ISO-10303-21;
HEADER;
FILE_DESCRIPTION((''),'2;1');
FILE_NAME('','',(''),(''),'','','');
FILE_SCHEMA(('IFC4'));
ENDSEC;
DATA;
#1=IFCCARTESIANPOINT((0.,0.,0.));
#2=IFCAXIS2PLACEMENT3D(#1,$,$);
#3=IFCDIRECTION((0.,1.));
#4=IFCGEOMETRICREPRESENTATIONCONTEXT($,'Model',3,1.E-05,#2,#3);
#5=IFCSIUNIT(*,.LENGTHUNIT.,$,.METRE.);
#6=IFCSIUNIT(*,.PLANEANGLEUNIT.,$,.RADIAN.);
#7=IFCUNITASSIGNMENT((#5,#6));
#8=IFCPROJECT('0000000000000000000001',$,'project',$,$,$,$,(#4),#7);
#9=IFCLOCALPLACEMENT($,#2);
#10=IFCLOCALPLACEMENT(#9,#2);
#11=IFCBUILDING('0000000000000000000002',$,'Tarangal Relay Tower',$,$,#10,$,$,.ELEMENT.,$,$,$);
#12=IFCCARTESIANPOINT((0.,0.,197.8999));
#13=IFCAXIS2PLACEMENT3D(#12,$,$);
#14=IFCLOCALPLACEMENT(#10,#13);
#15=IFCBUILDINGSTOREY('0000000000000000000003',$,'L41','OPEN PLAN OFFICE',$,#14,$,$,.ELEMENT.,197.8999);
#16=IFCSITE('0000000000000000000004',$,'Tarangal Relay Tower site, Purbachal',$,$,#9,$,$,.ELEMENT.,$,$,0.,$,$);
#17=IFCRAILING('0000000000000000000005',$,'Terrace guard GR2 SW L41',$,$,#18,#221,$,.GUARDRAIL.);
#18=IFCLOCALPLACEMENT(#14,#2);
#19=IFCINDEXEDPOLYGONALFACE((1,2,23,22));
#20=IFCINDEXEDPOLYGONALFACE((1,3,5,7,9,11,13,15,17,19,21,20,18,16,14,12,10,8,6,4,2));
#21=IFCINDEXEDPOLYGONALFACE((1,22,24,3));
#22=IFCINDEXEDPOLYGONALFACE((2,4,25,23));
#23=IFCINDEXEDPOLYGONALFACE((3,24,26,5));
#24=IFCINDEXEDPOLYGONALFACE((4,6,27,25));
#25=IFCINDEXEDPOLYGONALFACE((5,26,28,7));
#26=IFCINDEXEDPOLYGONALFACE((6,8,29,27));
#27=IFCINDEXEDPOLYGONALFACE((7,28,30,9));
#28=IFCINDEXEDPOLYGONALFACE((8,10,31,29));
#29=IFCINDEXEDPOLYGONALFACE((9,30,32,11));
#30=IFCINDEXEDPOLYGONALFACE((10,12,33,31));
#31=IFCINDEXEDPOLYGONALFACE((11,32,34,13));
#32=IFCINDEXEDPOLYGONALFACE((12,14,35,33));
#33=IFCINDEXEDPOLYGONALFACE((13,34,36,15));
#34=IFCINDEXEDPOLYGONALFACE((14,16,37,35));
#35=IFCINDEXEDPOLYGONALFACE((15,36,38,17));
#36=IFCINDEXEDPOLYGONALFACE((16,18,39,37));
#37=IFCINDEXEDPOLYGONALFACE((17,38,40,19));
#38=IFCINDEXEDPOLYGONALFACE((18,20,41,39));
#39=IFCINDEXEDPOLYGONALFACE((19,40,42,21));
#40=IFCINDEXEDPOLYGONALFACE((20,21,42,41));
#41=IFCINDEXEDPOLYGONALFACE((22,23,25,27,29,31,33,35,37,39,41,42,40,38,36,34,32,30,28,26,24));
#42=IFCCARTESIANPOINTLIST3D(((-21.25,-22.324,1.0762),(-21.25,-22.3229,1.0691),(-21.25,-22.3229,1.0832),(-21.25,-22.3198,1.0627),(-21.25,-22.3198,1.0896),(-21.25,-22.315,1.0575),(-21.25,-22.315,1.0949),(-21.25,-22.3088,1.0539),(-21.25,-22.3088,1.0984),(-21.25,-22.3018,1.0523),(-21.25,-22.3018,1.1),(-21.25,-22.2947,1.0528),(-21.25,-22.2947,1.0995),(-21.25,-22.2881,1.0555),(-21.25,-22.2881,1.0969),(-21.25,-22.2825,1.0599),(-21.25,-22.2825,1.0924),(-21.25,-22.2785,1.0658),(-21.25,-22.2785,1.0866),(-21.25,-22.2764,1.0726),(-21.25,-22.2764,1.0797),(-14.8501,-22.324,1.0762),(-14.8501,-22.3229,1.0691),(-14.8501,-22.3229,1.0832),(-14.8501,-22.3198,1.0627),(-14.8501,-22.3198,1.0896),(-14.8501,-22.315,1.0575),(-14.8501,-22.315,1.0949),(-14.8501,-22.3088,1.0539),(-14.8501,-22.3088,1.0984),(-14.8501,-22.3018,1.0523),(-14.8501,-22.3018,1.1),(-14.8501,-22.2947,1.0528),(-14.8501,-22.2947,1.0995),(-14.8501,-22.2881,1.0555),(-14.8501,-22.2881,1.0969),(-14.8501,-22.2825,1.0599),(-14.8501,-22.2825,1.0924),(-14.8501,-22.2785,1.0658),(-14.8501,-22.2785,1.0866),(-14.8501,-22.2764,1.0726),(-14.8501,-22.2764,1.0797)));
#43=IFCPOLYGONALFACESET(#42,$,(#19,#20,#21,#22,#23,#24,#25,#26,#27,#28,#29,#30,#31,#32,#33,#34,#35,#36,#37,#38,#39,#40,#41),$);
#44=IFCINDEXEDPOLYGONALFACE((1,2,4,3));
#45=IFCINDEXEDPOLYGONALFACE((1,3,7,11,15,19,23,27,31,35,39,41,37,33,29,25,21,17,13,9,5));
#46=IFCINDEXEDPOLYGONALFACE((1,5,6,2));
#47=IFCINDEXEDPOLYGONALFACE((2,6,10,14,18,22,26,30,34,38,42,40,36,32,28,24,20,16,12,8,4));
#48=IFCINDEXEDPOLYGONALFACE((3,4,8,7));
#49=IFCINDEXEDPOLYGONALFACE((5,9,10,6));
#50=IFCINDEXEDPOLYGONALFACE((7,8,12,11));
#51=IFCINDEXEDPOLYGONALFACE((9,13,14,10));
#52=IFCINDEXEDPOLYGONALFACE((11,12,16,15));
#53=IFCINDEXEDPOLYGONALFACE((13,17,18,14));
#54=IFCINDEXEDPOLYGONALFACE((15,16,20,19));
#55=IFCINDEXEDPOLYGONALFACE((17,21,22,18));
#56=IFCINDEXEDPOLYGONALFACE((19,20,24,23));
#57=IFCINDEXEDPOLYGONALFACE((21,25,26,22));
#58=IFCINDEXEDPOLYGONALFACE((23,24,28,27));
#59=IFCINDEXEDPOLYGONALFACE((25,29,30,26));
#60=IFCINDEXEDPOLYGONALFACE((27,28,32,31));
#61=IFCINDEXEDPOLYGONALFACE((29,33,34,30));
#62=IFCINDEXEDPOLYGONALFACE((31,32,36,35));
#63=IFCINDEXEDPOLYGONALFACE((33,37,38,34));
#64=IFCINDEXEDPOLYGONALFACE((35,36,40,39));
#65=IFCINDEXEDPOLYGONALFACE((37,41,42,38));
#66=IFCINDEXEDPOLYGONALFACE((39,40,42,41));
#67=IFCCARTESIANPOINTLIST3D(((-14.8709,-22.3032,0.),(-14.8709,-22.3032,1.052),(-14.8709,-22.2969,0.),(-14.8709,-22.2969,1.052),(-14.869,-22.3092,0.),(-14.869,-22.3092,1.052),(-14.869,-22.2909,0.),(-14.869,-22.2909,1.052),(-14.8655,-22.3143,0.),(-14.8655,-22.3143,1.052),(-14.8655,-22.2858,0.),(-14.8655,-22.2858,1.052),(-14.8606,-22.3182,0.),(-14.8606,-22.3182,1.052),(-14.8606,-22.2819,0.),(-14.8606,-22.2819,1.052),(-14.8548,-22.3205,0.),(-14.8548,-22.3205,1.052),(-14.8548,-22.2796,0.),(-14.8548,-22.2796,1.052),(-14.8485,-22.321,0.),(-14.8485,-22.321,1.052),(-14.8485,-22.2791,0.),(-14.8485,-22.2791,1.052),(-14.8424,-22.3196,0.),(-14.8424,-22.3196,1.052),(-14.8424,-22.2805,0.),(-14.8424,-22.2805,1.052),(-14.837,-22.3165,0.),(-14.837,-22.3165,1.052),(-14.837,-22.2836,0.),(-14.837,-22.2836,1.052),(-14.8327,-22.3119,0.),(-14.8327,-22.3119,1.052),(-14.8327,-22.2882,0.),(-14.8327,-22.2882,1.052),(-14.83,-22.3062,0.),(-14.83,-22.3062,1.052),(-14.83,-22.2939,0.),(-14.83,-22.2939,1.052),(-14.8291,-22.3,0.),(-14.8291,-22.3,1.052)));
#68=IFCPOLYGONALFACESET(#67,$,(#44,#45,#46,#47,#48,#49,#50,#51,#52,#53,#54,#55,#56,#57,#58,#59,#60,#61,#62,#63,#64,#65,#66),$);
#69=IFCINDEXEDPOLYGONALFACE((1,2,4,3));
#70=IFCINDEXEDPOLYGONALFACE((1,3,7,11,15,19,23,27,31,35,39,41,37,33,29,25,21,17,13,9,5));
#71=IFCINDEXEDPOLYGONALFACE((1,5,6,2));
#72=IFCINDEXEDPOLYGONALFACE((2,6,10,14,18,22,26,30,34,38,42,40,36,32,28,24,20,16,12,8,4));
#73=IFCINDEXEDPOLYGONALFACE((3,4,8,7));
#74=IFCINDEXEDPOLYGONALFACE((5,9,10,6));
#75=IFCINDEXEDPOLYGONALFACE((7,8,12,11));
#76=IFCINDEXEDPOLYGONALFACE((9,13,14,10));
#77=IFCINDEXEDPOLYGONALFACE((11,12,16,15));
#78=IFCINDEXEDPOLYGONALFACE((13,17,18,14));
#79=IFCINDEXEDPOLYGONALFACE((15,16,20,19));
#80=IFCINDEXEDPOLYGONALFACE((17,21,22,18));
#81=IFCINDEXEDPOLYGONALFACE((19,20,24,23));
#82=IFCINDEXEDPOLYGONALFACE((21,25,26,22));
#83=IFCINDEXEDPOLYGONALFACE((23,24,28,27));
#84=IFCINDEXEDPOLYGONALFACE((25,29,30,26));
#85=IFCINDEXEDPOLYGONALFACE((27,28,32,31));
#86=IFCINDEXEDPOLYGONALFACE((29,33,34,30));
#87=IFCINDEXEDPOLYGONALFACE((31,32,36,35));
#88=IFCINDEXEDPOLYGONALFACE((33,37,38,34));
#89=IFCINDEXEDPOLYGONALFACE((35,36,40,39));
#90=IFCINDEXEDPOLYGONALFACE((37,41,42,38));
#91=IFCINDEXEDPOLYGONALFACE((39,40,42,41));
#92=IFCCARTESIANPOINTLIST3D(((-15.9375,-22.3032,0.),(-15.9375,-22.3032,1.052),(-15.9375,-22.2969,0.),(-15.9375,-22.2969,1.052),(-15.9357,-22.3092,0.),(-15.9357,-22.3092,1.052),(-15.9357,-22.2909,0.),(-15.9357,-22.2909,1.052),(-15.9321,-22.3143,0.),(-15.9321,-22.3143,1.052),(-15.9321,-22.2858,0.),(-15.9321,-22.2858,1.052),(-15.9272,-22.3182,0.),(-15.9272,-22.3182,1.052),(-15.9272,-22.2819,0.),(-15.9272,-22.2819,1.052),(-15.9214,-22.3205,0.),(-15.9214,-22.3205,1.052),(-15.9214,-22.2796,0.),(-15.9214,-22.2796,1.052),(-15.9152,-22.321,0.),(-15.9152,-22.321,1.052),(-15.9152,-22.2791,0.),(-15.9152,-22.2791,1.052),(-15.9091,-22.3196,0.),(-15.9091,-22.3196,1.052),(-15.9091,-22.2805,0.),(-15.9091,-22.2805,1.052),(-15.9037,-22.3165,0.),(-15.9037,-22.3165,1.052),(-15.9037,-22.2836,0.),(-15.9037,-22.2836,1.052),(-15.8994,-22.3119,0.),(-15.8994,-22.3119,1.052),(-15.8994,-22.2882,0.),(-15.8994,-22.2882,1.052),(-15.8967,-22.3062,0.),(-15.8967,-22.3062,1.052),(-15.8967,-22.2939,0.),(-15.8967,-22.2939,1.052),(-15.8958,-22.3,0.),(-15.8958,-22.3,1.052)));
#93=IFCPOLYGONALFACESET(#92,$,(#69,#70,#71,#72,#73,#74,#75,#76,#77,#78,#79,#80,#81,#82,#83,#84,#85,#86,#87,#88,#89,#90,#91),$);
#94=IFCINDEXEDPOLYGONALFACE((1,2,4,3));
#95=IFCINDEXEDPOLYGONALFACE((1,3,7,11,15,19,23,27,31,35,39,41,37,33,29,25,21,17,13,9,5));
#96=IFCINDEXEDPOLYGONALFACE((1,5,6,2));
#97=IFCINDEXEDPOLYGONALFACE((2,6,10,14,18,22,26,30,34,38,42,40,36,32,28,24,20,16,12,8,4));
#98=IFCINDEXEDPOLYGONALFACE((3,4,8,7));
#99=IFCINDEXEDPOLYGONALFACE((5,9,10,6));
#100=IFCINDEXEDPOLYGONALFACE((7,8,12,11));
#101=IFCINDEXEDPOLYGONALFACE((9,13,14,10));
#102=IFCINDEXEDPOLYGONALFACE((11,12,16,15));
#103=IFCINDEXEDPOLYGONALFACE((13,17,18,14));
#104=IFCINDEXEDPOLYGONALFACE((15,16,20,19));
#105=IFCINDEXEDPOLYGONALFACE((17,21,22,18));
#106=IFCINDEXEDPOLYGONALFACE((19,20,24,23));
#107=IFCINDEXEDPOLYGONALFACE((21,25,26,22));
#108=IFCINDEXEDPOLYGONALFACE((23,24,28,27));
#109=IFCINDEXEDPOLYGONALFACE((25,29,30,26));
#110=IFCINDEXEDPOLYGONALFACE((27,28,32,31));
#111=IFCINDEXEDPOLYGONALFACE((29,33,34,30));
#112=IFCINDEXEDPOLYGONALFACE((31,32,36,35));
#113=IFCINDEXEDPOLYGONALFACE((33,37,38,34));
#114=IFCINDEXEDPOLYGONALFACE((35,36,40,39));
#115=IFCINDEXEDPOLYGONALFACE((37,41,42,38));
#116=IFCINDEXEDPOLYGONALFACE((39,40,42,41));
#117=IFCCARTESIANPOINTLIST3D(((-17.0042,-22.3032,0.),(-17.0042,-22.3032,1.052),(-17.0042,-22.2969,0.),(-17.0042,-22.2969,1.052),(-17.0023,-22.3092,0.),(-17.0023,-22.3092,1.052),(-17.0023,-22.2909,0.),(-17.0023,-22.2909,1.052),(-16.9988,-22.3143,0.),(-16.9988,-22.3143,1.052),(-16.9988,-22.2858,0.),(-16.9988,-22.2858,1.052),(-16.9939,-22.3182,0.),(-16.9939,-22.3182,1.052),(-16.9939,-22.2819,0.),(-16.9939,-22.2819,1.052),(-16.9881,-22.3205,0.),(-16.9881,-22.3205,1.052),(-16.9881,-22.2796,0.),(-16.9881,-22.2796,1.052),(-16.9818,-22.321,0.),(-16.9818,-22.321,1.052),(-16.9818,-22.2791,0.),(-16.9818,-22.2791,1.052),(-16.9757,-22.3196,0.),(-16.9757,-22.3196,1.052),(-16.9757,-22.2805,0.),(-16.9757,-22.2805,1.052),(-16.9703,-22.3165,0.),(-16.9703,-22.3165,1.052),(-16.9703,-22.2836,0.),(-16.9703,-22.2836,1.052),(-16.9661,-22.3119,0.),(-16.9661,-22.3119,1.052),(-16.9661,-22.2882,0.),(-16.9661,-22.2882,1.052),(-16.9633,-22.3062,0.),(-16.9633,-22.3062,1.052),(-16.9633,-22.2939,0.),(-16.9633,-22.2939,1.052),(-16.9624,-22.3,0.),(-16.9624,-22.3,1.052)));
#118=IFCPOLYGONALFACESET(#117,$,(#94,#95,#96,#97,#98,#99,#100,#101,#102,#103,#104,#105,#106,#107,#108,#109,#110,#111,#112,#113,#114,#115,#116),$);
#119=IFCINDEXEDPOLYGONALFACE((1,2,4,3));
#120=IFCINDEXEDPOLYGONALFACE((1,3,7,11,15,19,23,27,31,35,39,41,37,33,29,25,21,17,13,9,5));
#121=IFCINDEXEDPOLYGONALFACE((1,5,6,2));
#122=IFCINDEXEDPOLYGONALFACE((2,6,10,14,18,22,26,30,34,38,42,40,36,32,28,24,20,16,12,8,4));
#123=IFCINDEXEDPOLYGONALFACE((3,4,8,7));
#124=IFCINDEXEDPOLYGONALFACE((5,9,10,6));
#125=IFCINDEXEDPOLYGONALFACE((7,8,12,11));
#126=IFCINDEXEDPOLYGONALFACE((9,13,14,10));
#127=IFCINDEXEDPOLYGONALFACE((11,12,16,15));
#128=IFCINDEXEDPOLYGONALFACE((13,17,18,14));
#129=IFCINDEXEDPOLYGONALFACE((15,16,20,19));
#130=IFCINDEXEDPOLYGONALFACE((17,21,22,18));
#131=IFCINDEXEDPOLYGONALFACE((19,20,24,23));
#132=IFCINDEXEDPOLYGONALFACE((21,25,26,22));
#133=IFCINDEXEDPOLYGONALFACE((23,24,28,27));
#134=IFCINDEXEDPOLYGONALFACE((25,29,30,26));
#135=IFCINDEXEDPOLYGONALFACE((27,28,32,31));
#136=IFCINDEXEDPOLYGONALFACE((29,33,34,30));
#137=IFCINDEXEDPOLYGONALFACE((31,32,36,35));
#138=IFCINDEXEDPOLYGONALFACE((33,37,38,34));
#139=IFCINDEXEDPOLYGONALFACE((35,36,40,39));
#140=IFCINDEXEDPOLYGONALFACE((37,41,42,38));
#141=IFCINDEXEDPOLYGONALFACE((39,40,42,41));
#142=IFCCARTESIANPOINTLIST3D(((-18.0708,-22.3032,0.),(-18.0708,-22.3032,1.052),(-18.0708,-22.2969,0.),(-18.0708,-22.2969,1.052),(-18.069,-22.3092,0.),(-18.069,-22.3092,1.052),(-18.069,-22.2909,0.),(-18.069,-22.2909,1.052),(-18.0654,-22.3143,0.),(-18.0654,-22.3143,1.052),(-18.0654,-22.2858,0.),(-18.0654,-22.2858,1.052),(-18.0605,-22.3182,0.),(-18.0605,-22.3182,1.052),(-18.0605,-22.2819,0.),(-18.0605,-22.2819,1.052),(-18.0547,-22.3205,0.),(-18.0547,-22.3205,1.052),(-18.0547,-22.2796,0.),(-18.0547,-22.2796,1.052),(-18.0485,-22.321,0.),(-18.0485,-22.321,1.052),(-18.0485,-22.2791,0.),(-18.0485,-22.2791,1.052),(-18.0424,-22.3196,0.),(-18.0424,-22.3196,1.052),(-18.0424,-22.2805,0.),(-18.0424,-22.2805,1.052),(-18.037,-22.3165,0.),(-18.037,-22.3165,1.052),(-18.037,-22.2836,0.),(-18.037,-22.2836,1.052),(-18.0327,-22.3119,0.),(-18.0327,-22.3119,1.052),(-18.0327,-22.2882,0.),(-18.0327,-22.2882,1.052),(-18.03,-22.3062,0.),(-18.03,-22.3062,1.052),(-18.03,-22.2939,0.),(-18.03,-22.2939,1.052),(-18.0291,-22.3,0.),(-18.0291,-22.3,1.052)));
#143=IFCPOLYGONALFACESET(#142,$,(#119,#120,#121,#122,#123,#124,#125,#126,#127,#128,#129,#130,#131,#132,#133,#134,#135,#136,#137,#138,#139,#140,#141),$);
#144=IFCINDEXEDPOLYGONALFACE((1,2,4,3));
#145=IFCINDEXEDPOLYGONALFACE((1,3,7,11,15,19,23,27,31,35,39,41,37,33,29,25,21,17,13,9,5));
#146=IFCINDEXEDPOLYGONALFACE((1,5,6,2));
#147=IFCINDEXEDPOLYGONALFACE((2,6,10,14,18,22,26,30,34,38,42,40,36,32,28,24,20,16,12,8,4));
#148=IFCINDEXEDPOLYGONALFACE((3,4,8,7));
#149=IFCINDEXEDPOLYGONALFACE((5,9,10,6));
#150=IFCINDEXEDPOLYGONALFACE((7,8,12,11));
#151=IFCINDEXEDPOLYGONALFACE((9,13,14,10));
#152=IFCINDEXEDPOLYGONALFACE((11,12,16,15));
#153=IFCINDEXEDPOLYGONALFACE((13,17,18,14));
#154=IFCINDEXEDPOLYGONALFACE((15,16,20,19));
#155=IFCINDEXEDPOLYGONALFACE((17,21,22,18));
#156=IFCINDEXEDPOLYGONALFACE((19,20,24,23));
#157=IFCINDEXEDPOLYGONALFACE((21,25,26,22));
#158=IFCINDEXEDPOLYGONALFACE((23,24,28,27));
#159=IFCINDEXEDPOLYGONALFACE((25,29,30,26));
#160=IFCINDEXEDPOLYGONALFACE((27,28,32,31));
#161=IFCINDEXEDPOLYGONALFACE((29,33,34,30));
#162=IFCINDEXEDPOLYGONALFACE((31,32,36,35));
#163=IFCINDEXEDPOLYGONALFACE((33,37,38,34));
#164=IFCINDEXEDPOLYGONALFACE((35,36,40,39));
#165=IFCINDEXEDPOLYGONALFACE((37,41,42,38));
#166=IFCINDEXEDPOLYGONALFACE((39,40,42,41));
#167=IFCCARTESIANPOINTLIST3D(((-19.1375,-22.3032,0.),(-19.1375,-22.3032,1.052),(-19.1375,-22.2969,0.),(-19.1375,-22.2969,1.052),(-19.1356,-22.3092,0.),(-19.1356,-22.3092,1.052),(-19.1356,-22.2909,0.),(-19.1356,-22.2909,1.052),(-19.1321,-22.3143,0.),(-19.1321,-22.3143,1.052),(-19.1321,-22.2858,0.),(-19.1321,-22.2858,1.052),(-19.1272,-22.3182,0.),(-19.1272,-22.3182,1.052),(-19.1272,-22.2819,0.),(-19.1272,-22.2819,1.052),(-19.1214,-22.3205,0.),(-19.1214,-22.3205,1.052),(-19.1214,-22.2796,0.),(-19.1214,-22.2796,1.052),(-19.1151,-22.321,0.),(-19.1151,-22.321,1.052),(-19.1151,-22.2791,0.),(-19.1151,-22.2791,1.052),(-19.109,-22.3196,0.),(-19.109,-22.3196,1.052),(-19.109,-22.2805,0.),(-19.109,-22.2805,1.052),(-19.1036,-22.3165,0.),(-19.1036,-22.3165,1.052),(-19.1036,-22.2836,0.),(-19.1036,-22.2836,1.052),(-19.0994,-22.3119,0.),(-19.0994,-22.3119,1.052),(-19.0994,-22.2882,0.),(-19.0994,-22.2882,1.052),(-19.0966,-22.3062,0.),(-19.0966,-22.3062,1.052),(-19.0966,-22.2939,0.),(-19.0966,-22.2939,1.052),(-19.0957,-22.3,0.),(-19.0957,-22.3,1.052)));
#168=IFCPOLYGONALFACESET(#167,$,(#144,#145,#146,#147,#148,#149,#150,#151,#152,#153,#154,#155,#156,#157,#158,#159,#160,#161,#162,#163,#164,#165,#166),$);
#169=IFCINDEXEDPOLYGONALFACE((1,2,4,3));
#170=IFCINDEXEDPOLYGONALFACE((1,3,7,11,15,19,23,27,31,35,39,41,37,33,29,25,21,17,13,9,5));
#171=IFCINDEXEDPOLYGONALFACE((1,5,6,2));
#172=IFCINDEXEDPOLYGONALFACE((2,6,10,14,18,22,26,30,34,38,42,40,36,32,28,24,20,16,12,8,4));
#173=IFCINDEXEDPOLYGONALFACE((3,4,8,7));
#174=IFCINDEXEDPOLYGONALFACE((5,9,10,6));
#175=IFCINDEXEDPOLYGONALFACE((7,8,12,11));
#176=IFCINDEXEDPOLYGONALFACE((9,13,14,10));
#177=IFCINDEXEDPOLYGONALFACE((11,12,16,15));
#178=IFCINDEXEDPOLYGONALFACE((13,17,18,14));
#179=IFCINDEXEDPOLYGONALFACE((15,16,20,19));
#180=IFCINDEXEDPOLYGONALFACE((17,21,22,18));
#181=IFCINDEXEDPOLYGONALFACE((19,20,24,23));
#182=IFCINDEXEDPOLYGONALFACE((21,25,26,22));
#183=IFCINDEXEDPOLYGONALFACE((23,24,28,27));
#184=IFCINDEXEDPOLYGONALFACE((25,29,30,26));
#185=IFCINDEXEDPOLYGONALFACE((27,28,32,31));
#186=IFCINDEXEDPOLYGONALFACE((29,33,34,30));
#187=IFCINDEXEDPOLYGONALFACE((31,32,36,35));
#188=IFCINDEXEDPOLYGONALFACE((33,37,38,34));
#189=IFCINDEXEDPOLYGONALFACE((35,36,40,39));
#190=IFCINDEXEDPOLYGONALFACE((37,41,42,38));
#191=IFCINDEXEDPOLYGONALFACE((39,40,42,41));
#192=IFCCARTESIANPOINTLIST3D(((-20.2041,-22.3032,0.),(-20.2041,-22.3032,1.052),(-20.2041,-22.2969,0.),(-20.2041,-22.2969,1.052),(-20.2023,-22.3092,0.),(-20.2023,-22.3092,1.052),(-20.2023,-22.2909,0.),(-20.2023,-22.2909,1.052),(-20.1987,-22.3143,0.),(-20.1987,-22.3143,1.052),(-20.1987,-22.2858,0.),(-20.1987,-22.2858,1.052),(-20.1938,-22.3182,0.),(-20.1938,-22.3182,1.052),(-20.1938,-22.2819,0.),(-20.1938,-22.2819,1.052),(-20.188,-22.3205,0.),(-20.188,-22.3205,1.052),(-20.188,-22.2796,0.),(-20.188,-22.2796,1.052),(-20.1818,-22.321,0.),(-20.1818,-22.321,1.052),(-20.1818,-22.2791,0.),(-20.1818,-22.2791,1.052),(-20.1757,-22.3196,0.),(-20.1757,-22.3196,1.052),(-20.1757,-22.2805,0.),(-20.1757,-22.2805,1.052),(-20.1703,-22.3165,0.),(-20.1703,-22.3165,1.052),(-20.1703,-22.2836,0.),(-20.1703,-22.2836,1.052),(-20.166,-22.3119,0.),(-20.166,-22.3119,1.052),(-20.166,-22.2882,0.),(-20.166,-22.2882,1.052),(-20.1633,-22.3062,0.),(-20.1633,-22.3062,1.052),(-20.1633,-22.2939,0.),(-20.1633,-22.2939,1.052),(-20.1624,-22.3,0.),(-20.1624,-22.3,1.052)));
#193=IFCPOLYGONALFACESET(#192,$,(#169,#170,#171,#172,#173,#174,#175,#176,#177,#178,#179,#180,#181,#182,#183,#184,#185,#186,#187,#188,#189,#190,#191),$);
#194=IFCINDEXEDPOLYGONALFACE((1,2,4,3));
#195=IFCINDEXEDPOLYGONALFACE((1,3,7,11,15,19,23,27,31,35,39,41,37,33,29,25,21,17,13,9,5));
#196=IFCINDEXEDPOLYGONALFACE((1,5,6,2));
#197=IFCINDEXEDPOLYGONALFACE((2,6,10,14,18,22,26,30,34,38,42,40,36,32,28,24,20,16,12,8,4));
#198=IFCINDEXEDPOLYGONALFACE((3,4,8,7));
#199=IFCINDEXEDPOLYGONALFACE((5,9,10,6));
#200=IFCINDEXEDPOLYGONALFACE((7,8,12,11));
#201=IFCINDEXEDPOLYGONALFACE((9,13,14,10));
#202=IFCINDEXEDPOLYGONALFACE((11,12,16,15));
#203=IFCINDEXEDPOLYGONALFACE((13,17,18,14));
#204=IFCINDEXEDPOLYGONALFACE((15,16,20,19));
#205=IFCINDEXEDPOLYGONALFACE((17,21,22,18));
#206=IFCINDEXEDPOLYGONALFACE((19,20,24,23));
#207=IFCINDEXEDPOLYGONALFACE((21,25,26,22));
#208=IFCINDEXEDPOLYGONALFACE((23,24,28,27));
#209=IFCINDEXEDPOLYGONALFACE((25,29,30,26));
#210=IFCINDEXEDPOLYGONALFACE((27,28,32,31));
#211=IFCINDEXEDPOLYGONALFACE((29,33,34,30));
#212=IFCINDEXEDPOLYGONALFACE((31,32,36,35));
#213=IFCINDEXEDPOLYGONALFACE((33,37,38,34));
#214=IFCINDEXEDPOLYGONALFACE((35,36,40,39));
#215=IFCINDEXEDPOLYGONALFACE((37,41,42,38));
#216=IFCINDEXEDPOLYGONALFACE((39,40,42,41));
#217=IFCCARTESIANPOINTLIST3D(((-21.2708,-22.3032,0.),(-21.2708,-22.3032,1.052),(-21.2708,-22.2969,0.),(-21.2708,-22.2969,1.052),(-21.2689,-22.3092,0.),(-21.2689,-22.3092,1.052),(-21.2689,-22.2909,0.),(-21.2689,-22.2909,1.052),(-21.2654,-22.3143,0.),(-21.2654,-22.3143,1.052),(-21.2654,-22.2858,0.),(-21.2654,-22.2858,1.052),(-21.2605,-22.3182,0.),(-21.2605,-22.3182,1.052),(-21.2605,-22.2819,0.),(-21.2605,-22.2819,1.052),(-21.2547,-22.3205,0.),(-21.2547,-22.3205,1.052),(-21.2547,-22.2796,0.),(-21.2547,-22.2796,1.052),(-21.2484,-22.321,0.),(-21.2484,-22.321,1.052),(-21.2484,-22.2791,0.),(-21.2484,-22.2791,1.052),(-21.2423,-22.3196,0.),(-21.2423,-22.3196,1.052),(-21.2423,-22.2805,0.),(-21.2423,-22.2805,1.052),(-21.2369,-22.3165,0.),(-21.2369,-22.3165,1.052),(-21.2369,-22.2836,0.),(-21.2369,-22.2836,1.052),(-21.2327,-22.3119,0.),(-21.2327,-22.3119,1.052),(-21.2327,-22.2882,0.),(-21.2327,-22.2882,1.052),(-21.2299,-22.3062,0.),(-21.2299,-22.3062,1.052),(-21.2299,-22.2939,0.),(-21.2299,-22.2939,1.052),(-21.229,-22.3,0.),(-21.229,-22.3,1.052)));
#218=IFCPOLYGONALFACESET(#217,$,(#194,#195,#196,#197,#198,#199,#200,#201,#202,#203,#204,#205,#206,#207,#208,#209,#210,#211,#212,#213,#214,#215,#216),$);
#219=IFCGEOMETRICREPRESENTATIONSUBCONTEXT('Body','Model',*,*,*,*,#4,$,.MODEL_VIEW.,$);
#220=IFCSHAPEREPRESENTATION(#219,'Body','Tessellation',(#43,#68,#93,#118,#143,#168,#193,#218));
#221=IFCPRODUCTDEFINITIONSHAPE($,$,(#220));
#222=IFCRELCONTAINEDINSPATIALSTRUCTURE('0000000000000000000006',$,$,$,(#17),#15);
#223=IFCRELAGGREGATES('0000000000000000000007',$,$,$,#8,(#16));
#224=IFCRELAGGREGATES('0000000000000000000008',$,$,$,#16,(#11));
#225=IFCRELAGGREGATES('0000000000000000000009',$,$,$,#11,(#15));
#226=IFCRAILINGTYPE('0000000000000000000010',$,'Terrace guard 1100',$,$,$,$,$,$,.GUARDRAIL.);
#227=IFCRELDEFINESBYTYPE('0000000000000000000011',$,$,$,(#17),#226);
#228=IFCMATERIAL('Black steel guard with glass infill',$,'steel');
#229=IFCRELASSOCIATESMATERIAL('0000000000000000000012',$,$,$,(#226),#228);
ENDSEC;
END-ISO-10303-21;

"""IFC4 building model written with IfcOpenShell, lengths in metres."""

from ifc_helpers import new_model, si_unit, direction, frame, origin, origin_2d, place, context, subcontext, project, spatial, circle, extrude, material, type_object, element, save


model = new_model("IFC4")

# Units and contexts
model_context = context("Model", 3, precision=1e-05, world=origin(), true_north=direction((0.0, 1.0)))
body_context = subcontext(model_context, "Body", "Model", "MODEL_VIEW")
ifc_project = project(units=[si_unit("LENGTHUNIT", "METRE"), si_unit("PLANEANGLEUNIT", "RADIAN")], contexts=[model_context])

# Site, building, storey
site_placement = place(None, origin())
site = spatial("IfcSite", under=ifc_project, at=site_placement, Name="Tarangal Relay Tower site, Purbachal", CompositionType="ELEMENT", RefElevation=0.0)
building_placement = place(site_placement, origin())
building = spatial("IfcBuilding", under=site, at=building_placement, Name="Tarangal Relay Tower", CompositionType="ELEMENT")
storey_placement = place(building_placement, frame((0.0, 0.0, 197.8999)))
storey = spatial("IfcBuildingStorey", under=building, at=storey_placement, Name="L41", Description="OPEN PLAN OFFICE", CompositionType="ELEMENT", Elevation=197.8999)

# Railing
ifc_material_1 = material(Name="Black steel guard with glass infill", Category="steel")
railing_type = type_object("IfcRailingType", Name="Terrace guard 1100", PredefinedType="GUARDRAIL", material=ifc_material_1)
railing_placement = place(storey_placement, frame((-14.8501, -22.3, 0.0)))
element("IfcRailing", 1, at=railing_placement, inside=storey, type_object=railing_type, Name="Terrace guard GR2 SW L41", PredefinedType="GUARDRAIL", context=body_context, shape_type="SweptSolid", body=[
    extrude(circle(Radius=0.0239, at=origin_2d()), frame((0.0, 0.0, 1.0762), z_axis=(-1.0, 0.0, 0.0), x_axis=(0.0, -1.0, 0.0)), (0.0, 0.0, 1.0), 6.3999),
    extrude(circle(Radius=0.021, at=origin_2d()), origin(), (0.0, 0.0, 1.0), 1.052),
    extrude(circle(Radius=0.021, at=origin_2d()), frame((-1.0667, 0.0, 0.0)), (0.0, 0.0, 1.0), 1.052),
    extrude(circle(Radius=0.021, at=origin_2d()), frame((-2.1333, 0.0, 0.0)), (0.0, 0.0, 1.0), 1.052),
    extrude(circle(Radius=0.021, at=origin_2d()), frame((-3.2, 0.0, 0.0)), (0.0, 0.0, 1.0), 1.052),
    extrude(circle(Radius=0.021, at=origin_2d()), frame((-4.2666, 0.0, 0.0)), (0.0, 0.0, 1.0), 1.052),
    extrude(circle(Radius=0.021, at=origin_2d()), frame((-5.3333, 0.0, 0.0)), (0.0, 0.0, 1.0), 1.052),
    extrude(circle(Radius=0.021, at=origin_2d()), frame((-6.3999, 0.0, 0.0)), (0.0, 0.0, 1.0), 1.052),
])

save(model, "model.ifc")
